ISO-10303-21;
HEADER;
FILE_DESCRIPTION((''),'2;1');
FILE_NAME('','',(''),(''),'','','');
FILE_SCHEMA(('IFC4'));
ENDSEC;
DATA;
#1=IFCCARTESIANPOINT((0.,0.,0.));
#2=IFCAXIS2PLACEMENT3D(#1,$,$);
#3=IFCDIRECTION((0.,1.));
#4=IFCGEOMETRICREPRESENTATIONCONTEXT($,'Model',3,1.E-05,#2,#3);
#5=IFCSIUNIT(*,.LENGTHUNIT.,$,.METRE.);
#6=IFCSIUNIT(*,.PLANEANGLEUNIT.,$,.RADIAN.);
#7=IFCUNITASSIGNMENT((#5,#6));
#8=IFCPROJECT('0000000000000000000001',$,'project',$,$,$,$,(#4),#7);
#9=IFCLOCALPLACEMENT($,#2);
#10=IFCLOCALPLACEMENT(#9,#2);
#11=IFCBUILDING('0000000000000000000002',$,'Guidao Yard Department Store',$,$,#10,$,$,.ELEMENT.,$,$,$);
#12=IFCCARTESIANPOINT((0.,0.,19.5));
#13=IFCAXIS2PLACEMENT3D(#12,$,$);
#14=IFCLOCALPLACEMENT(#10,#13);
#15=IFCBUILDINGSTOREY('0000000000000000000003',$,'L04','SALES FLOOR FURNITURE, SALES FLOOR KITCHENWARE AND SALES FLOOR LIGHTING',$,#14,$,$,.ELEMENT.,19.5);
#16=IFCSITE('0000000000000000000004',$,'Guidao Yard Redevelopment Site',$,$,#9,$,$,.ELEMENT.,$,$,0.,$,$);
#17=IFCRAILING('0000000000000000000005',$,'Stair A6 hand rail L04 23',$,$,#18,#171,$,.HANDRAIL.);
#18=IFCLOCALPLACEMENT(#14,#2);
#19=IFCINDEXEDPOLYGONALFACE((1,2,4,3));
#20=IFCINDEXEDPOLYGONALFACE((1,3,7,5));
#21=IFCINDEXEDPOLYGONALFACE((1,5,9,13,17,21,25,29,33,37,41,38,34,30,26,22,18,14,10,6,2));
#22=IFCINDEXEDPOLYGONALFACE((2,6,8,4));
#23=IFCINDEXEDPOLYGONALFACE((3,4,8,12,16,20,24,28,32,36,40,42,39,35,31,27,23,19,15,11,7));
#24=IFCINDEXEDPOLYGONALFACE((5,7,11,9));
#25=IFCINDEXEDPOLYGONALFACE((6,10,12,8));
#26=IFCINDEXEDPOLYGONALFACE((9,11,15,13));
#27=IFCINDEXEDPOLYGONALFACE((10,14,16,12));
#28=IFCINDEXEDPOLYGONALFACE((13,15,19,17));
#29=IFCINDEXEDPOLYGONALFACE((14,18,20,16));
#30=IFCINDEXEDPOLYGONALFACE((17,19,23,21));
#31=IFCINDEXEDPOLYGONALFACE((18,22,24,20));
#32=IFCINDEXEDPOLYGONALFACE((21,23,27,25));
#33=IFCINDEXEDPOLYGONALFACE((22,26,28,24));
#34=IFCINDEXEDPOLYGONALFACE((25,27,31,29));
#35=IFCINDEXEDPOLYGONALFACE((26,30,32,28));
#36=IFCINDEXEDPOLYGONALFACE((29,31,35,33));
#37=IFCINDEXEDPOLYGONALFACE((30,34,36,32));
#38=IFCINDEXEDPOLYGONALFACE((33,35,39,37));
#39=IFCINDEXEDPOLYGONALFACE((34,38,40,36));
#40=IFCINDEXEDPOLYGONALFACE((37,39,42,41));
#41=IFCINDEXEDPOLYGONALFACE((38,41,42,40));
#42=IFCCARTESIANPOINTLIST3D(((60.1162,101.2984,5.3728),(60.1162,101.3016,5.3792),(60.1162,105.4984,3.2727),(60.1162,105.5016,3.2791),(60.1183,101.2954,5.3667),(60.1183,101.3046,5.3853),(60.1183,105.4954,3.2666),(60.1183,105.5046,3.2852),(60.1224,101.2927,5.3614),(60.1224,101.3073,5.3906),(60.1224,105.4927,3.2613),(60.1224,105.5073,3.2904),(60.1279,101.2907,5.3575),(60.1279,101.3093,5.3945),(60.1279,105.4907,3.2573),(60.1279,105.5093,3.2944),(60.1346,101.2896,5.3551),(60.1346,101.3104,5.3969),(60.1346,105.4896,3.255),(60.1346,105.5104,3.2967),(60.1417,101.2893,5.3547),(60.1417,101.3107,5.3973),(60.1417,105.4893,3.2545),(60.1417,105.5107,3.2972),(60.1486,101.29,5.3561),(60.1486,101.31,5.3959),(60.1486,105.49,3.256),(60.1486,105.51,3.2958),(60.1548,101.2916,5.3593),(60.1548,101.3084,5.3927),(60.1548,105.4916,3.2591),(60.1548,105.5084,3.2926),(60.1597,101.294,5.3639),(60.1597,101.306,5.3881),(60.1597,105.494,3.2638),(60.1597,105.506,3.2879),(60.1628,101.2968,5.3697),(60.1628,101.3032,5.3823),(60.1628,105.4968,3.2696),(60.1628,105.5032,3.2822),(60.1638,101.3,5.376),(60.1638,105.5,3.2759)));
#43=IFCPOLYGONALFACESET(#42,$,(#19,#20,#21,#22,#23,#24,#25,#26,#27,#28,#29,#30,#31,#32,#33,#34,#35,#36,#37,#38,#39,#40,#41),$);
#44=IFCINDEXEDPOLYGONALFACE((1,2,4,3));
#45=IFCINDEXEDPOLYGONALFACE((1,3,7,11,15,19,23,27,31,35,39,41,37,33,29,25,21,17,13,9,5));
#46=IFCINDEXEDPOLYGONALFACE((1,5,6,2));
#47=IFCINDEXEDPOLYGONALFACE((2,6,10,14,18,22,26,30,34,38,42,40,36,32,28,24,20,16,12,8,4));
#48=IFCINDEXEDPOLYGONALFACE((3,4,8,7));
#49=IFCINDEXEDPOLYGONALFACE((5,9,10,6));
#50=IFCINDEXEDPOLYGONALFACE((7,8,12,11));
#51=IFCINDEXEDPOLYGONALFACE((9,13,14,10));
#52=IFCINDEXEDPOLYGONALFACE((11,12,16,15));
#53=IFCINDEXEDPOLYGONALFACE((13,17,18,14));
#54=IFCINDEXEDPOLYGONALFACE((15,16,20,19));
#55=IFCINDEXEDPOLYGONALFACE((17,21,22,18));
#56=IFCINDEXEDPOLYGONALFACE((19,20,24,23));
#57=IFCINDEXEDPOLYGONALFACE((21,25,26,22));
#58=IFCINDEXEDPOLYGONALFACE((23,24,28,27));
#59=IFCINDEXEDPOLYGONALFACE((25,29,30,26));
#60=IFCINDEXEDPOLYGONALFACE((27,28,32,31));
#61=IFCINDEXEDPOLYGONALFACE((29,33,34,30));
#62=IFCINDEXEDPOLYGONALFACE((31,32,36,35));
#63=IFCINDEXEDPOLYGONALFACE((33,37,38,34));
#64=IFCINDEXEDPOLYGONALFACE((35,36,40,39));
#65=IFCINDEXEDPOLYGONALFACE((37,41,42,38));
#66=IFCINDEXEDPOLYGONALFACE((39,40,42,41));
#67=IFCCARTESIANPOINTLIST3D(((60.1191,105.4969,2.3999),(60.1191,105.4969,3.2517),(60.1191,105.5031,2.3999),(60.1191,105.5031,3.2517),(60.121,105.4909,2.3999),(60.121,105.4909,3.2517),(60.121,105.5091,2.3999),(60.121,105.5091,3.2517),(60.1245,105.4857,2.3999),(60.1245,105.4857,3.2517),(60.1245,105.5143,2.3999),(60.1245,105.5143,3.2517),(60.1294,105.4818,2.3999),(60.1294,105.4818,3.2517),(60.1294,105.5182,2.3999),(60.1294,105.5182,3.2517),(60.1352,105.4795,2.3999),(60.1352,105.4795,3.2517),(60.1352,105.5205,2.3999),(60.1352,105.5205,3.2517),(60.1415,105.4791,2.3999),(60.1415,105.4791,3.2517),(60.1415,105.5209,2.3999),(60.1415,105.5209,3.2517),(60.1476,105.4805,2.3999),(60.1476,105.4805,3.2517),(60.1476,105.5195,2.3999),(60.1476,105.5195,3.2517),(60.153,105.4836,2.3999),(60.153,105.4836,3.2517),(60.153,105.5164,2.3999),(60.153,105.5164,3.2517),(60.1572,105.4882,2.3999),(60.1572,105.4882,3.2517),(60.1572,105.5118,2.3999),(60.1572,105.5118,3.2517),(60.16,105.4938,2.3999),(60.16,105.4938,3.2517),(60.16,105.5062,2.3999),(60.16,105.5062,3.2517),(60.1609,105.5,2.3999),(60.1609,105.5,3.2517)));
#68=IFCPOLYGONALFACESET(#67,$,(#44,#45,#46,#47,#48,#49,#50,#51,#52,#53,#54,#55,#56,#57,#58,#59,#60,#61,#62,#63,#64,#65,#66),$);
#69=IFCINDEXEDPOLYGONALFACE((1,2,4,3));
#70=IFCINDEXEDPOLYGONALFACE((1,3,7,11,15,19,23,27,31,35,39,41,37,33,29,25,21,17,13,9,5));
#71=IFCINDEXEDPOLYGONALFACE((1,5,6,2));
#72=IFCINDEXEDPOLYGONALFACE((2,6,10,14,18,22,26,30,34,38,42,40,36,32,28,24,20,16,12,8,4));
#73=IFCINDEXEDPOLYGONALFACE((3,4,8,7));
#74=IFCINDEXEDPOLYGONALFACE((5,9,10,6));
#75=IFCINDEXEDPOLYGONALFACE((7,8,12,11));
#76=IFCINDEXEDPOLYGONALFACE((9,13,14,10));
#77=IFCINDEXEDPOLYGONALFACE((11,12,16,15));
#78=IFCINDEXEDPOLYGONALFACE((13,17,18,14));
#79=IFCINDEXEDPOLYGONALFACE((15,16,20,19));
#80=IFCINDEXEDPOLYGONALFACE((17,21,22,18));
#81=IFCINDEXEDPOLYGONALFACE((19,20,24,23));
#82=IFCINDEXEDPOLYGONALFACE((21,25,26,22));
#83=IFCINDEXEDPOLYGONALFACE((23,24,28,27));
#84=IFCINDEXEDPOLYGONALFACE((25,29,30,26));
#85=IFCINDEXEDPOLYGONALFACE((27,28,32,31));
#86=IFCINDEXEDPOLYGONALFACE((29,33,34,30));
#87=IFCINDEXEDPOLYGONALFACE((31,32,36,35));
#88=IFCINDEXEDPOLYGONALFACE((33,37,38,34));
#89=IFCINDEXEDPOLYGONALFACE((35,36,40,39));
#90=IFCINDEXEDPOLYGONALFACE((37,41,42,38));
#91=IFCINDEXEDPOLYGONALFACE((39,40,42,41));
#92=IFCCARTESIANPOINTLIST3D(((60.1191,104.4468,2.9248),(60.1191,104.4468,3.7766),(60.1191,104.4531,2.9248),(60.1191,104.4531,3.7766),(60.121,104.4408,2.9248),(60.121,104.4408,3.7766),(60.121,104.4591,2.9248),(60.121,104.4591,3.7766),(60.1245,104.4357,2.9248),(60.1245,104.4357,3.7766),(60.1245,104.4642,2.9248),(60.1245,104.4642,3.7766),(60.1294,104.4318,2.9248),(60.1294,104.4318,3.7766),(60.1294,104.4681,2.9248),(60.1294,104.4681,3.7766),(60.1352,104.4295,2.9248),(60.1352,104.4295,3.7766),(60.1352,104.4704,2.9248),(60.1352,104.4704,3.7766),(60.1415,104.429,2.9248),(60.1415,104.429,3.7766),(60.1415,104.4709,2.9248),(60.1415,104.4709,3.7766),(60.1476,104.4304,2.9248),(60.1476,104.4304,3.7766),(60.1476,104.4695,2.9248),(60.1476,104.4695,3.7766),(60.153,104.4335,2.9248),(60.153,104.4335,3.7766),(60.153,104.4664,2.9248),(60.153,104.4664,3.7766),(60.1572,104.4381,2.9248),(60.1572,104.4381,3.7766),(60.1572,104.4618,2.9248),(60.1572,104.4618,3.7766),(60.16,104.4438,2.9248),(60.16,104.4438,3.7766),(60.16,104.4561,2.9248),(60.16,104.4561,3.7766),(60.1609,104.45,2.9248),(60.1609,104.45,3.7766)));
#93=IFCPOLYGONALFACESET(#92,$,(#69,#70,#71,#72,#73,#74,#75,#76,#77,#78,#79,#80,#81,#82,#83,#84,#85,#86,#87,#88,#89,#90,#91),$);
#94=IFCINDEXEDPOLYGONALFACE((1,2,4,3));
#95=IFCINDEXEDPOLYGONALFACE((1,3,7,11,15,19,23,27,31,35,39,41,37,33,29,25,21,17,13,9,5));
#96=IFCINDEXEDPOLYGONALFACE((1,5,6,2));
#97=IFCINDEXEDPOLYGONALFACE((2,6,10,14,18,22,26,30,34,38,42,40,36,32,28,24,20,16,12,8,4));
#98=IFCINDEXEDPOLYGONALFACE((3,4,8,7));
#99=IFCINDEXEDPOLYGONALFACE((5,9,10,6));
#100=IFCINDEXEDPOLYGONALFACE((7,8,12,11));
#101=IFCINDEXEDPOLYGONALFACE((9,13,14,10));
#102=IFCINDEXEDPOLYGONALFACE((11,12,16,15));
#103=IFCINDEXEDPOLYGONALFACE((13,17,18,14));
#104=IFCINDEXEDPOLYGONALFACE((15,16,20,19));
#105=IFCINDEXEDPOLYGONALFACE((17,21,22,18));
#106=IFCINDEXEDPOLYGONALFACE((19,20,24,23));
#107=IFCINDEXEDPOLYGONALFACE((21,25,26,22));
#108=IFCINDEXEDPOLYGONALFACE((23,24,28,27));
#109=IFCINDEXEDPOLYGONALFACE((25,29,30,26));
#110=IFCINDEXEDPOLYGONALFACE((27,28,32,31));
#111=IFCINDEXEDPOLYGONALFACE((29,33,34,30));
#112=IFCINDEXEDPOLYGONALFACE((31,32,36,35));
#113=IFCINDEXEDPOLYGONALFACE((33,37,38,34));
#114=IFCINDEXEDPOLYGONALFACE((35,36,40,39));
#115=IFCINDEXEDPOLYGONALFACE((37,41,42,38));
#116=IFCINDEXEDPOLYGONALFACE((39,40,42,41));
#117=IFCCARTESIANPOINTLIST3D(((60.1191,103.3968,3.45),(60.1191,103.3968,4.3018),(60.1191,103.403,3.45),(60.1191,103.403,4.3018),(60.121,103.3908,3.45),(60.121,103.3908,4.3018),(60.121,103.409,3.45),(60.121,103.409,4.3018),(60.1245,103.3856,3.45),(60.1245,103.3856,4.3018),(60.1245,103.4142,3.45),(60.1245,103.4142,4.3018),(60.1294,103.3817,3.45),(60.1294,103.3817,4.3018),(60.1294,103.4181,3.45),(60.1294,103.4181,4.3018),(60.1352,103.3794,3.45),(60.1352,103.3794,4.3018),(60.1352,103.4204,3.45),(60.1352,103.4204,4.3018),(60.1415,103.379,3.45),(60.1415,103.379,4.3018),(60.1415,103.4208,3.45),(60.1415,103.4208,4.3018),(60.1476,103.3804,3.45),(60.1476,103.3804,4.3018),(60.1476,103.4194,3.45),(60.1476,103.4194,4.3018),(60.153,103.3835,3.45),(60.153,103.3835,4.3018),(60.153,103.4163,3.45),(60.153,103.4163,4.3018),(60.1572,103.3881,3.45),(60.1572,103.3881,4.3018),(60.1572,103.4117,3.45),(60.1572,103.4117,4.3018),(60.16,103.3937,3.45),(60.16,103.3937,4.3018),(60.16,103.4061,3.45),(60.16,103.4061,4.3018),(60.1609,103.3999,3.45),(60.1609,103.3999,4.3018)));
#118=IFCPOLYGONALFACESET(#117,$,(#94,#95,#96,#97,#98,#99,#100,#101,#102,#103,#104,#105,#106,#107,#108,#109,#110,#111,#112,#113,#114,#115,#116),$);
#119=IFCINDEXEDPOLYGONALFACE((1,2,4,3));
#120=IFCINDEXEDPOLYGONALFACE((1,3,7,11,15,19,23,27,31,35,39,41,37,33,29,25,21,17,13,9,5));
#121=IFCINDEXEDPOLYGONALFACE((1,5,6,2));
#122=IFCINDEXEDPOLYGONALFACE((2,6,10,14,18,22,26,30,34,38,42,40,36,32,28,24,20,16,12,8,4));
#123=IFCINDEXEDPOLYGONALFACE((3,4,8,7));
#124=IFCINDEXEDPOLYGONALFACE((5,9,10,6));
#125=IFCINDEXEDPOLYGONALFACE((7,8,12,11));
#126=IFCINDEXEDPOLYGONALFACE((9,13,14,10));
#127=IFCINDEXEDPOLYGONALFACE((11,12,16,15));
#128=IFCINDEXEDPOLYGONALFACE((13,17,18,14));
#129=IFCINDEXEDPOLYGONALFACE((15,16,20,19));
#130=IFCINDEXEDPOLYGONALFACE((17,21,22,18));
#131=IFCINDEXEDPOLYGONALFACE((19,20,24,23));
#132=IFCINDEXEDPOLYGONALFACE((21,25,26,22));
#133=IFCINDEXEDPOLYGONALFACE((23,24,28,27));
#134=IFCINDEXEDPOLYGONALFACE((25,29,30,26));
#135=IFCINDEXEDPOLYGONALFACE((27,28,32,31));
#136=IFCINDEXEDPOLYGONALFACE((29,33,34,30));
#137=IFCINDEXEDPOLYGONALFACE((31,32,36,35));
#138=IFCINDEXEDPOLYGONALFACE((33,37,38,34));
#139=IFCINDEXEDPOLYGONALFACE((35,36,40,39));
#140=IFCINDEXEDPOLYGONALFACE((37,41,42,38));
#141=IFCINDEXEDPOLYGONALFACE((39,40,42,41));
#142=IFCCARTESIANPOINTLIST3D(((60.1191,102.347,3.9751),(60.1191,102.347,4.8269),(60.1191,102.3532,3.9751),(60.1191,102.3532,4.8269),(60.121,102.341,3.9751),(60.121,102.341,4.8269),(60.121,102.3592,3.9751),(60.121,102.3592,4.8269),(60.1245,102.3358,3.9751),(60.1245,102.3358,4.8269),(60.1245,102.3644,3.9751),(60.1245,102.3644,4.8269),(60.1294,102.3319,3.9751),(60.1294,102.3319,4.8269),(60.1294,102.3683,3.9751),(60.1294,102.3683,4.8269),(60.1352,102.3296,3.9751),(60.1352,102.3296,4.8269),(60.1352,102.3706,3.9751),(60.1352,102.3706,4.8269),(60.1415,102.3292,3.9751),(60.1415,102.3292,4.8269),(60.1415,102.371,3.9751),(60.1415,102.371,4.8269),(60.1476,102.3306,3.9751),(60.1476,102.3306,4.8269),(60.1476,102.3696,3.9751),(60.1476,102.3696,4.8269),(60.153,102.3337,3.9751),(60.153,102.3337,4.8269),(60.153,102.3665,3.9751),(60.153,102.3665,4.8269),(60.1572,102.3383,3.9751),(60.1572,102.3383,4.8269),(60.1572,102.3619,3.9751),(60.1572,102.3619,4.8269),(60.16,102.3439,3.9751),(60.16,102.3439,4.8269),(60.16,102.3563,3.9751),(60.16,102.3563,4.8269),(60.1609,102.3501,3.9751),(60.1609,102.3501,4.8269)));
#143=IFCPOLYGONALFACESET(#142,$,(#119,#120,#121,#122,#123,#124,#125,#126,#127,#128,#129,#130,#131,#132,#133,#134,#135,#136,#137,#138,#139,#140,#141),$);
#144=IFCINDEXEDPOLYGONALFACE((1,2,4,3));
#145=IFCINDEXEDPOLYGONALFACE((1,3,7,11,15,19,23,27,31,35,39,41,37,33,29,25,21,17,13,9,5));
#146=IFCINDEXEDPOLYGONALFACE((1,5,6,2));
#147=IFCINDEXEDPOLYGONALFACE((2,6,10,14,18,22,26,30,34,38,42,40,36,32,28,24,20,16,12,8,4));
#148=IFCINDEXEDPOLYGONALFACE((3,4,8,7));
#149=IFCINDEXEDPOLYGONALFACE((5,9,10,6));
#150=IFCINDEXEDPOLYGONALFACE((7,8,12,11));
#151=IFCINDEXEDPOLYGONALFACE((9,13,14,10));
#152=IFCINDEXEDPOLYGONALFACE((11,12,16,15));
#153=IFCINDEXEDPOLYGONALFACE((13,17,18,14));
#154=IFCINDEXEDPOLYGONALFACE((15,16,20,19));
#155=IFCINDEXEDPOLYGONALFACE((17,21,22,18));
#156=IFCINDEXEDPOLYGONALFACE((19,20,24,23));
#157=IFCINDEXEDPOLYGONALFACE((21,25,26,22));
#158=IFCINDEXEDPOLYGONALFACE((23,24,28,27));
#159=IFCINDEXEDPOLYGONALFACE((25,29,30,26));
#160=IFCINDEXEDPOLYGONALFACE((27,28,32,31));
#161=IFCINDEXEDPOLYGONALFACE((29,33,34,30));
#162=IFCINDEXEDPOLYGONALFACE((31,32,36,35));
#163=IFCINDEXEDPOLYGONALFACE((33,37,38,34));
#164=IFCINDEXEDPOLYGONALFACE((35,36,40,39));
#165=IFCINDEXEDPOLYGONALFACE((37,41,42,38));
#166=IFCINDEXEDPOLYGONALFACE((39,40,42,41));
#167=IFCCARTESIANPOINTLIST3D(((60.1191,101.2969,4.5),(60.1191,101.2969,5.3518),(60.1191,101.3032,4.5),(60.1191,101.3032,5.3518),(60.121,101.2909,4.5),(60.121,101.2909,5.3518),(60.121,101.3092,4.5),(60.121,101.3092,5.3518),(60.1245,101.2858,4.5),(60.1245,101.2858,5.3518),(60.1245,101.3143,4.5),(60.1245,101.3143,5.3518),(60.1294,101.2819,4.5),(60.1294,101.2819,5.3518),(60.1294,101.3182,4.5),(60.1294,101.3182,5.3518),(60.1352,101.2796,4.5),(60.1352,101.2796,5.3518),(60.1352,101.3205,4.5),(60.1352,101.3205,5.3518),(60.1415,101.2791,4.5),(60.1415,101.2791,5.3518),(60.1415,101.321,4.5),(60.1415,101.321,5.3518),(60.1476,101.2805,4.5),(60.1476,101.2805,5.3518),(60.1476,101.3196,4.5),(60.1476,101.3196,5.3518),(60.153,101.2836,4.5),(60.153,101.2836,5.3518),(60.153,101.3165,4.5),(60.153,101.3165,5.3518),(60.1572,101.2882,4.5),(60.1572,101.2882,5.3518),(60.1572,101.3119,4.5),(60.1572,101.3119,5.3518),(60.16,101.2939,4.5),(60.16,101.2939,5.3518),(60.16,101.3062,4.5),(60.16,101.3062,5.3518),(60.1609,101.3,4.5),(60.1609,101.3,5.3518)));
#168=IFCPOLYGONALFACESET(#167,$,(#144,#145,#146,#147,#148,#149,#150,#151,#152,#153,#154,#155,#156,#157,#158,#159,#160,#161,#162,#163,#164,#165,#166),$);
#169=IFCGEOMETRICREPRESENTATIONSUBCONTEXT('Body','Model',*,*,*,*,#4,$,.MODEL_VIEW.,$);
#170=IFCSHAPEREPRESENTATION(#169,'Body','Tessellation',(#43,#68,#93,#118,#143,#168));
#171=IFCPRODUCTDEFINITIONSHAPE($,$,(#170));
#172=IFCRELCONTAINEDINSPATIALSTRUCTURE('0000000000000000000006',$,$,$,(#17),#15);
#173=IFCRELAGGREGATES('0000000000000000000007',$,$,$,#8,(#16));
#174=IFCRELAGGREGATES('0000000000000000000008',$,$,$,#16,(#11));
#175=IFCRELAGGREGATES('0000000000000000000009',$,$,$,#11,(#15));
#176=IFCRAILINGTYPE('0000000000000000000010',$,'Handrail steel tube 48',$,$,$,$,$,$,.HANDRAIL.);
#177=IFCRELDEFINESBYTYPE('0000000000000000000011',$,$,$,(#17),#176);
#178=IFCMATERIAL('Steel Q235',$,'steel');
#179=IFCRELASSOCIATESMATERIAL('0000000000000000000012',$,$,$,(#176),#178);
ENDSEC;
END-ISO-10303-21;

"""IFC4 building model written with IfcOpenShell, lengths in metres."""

from ifc_helpers import new_model, si_unit, direction, frame, origin, origin_2d, place, context, subcontext, project, spatial, circle, extrude, material, type_object, element, save


model = new_model("IFC4")

# Units and contexts
model_context = context("Model", 3, precision=1e-05, world=origin(), true_north=direction((0.0, 1.0)))
body_context = subcontext(model_context, "Body", "Model", "MODEL_VIEW")
ifc_project = project(units=[si_unit("LENGTHUNIT", "METRE"), si_unit("PLANEANGLEUNIT", "RADIAN")], contexts=[model_context])

# Site, building, storey
site_placement = place(None, origin())
site = spatial("IfcSite", under=ifc_project, at=site_placement, Name="Guidao Yard Redevelopment Site", CompositionType="ELEMENT", RefElevation=0.0)
building_placement = place(site_placement, origin())
building = spatial("IfcBuilding", under=site, at=building_placement, Name="Guidao Yard Department Store", CompositionType="ELEMENT")
storey_placement = place(building_placement, frame((0.0, 0.0, 19.5)))
storey = spatial("IfcBuildingStorey", under=building, at=storey_placement, Name="L04", Description="SALES FLOOR FURNITURE, SALES FLOOR KITCHENWARE AND SALES FLOOR LIGHTING", CompositionType="ELEMENT", Elevation=19.5)

# Railing
ifc_material_1 = material(Name="Steel Q235", Category="steel")
railing_type_1 = type_object("IfcRailingType", Name="Handrail steel tube 48", PredefinedType="HANDRAIL", material=ifc_material_1)
for number, where, name in (
    (1, (60.1399, 105.5, 2.3999), "Stair A6 hand rail L04 23"),
):
    element("IfcRailing", number, at=place(storey_placement, frame(where)), inside=storey, type_object=railing_type_1, Name=name, PredefinedType="HANDRAIL", context=body_context, shape_type="SweptSolid", body=[
        extrude(circle(Radius=0.0239, at=origin_2d()), frame((0.0, 0.0, 0.876), z_axis=(0.0, -0.894417, 0.447234), x_axis=(1.0, 0.0, 0.0)), (0.0, 0.0, 1.0), 4.6958),
        extrude(circle(Radius=0.021, at=origin_2d()), origin(), (0.0, 0.0, 1.0), 0.8518),
        extrude(circle(Radius=0.021, at=origin_2d()), frame((0.0, -1.05, 0.5249)), (0.0, 0.0, 1.0), 0.8518),
        extrude(circle(Radius=0.021, at=origin_2d()), frame((0.0, -2.1001, 1.05)), (0.0, 0.0, 1.0), 0.8518),
        extrude(circle(Radius=0.021, at=origin_2d()), frame((0.0, -3.1499, 1.5752)), (0.0, 0.0, 1.0), 0.8518),
        extrude(circle(Radius=0.021, at=origin_2d()), frame((0.0, -4.2, 2.1001)), (0.0, 0.0, 1.0), 0.8518),
    ])

save(model, "model.ifc")
